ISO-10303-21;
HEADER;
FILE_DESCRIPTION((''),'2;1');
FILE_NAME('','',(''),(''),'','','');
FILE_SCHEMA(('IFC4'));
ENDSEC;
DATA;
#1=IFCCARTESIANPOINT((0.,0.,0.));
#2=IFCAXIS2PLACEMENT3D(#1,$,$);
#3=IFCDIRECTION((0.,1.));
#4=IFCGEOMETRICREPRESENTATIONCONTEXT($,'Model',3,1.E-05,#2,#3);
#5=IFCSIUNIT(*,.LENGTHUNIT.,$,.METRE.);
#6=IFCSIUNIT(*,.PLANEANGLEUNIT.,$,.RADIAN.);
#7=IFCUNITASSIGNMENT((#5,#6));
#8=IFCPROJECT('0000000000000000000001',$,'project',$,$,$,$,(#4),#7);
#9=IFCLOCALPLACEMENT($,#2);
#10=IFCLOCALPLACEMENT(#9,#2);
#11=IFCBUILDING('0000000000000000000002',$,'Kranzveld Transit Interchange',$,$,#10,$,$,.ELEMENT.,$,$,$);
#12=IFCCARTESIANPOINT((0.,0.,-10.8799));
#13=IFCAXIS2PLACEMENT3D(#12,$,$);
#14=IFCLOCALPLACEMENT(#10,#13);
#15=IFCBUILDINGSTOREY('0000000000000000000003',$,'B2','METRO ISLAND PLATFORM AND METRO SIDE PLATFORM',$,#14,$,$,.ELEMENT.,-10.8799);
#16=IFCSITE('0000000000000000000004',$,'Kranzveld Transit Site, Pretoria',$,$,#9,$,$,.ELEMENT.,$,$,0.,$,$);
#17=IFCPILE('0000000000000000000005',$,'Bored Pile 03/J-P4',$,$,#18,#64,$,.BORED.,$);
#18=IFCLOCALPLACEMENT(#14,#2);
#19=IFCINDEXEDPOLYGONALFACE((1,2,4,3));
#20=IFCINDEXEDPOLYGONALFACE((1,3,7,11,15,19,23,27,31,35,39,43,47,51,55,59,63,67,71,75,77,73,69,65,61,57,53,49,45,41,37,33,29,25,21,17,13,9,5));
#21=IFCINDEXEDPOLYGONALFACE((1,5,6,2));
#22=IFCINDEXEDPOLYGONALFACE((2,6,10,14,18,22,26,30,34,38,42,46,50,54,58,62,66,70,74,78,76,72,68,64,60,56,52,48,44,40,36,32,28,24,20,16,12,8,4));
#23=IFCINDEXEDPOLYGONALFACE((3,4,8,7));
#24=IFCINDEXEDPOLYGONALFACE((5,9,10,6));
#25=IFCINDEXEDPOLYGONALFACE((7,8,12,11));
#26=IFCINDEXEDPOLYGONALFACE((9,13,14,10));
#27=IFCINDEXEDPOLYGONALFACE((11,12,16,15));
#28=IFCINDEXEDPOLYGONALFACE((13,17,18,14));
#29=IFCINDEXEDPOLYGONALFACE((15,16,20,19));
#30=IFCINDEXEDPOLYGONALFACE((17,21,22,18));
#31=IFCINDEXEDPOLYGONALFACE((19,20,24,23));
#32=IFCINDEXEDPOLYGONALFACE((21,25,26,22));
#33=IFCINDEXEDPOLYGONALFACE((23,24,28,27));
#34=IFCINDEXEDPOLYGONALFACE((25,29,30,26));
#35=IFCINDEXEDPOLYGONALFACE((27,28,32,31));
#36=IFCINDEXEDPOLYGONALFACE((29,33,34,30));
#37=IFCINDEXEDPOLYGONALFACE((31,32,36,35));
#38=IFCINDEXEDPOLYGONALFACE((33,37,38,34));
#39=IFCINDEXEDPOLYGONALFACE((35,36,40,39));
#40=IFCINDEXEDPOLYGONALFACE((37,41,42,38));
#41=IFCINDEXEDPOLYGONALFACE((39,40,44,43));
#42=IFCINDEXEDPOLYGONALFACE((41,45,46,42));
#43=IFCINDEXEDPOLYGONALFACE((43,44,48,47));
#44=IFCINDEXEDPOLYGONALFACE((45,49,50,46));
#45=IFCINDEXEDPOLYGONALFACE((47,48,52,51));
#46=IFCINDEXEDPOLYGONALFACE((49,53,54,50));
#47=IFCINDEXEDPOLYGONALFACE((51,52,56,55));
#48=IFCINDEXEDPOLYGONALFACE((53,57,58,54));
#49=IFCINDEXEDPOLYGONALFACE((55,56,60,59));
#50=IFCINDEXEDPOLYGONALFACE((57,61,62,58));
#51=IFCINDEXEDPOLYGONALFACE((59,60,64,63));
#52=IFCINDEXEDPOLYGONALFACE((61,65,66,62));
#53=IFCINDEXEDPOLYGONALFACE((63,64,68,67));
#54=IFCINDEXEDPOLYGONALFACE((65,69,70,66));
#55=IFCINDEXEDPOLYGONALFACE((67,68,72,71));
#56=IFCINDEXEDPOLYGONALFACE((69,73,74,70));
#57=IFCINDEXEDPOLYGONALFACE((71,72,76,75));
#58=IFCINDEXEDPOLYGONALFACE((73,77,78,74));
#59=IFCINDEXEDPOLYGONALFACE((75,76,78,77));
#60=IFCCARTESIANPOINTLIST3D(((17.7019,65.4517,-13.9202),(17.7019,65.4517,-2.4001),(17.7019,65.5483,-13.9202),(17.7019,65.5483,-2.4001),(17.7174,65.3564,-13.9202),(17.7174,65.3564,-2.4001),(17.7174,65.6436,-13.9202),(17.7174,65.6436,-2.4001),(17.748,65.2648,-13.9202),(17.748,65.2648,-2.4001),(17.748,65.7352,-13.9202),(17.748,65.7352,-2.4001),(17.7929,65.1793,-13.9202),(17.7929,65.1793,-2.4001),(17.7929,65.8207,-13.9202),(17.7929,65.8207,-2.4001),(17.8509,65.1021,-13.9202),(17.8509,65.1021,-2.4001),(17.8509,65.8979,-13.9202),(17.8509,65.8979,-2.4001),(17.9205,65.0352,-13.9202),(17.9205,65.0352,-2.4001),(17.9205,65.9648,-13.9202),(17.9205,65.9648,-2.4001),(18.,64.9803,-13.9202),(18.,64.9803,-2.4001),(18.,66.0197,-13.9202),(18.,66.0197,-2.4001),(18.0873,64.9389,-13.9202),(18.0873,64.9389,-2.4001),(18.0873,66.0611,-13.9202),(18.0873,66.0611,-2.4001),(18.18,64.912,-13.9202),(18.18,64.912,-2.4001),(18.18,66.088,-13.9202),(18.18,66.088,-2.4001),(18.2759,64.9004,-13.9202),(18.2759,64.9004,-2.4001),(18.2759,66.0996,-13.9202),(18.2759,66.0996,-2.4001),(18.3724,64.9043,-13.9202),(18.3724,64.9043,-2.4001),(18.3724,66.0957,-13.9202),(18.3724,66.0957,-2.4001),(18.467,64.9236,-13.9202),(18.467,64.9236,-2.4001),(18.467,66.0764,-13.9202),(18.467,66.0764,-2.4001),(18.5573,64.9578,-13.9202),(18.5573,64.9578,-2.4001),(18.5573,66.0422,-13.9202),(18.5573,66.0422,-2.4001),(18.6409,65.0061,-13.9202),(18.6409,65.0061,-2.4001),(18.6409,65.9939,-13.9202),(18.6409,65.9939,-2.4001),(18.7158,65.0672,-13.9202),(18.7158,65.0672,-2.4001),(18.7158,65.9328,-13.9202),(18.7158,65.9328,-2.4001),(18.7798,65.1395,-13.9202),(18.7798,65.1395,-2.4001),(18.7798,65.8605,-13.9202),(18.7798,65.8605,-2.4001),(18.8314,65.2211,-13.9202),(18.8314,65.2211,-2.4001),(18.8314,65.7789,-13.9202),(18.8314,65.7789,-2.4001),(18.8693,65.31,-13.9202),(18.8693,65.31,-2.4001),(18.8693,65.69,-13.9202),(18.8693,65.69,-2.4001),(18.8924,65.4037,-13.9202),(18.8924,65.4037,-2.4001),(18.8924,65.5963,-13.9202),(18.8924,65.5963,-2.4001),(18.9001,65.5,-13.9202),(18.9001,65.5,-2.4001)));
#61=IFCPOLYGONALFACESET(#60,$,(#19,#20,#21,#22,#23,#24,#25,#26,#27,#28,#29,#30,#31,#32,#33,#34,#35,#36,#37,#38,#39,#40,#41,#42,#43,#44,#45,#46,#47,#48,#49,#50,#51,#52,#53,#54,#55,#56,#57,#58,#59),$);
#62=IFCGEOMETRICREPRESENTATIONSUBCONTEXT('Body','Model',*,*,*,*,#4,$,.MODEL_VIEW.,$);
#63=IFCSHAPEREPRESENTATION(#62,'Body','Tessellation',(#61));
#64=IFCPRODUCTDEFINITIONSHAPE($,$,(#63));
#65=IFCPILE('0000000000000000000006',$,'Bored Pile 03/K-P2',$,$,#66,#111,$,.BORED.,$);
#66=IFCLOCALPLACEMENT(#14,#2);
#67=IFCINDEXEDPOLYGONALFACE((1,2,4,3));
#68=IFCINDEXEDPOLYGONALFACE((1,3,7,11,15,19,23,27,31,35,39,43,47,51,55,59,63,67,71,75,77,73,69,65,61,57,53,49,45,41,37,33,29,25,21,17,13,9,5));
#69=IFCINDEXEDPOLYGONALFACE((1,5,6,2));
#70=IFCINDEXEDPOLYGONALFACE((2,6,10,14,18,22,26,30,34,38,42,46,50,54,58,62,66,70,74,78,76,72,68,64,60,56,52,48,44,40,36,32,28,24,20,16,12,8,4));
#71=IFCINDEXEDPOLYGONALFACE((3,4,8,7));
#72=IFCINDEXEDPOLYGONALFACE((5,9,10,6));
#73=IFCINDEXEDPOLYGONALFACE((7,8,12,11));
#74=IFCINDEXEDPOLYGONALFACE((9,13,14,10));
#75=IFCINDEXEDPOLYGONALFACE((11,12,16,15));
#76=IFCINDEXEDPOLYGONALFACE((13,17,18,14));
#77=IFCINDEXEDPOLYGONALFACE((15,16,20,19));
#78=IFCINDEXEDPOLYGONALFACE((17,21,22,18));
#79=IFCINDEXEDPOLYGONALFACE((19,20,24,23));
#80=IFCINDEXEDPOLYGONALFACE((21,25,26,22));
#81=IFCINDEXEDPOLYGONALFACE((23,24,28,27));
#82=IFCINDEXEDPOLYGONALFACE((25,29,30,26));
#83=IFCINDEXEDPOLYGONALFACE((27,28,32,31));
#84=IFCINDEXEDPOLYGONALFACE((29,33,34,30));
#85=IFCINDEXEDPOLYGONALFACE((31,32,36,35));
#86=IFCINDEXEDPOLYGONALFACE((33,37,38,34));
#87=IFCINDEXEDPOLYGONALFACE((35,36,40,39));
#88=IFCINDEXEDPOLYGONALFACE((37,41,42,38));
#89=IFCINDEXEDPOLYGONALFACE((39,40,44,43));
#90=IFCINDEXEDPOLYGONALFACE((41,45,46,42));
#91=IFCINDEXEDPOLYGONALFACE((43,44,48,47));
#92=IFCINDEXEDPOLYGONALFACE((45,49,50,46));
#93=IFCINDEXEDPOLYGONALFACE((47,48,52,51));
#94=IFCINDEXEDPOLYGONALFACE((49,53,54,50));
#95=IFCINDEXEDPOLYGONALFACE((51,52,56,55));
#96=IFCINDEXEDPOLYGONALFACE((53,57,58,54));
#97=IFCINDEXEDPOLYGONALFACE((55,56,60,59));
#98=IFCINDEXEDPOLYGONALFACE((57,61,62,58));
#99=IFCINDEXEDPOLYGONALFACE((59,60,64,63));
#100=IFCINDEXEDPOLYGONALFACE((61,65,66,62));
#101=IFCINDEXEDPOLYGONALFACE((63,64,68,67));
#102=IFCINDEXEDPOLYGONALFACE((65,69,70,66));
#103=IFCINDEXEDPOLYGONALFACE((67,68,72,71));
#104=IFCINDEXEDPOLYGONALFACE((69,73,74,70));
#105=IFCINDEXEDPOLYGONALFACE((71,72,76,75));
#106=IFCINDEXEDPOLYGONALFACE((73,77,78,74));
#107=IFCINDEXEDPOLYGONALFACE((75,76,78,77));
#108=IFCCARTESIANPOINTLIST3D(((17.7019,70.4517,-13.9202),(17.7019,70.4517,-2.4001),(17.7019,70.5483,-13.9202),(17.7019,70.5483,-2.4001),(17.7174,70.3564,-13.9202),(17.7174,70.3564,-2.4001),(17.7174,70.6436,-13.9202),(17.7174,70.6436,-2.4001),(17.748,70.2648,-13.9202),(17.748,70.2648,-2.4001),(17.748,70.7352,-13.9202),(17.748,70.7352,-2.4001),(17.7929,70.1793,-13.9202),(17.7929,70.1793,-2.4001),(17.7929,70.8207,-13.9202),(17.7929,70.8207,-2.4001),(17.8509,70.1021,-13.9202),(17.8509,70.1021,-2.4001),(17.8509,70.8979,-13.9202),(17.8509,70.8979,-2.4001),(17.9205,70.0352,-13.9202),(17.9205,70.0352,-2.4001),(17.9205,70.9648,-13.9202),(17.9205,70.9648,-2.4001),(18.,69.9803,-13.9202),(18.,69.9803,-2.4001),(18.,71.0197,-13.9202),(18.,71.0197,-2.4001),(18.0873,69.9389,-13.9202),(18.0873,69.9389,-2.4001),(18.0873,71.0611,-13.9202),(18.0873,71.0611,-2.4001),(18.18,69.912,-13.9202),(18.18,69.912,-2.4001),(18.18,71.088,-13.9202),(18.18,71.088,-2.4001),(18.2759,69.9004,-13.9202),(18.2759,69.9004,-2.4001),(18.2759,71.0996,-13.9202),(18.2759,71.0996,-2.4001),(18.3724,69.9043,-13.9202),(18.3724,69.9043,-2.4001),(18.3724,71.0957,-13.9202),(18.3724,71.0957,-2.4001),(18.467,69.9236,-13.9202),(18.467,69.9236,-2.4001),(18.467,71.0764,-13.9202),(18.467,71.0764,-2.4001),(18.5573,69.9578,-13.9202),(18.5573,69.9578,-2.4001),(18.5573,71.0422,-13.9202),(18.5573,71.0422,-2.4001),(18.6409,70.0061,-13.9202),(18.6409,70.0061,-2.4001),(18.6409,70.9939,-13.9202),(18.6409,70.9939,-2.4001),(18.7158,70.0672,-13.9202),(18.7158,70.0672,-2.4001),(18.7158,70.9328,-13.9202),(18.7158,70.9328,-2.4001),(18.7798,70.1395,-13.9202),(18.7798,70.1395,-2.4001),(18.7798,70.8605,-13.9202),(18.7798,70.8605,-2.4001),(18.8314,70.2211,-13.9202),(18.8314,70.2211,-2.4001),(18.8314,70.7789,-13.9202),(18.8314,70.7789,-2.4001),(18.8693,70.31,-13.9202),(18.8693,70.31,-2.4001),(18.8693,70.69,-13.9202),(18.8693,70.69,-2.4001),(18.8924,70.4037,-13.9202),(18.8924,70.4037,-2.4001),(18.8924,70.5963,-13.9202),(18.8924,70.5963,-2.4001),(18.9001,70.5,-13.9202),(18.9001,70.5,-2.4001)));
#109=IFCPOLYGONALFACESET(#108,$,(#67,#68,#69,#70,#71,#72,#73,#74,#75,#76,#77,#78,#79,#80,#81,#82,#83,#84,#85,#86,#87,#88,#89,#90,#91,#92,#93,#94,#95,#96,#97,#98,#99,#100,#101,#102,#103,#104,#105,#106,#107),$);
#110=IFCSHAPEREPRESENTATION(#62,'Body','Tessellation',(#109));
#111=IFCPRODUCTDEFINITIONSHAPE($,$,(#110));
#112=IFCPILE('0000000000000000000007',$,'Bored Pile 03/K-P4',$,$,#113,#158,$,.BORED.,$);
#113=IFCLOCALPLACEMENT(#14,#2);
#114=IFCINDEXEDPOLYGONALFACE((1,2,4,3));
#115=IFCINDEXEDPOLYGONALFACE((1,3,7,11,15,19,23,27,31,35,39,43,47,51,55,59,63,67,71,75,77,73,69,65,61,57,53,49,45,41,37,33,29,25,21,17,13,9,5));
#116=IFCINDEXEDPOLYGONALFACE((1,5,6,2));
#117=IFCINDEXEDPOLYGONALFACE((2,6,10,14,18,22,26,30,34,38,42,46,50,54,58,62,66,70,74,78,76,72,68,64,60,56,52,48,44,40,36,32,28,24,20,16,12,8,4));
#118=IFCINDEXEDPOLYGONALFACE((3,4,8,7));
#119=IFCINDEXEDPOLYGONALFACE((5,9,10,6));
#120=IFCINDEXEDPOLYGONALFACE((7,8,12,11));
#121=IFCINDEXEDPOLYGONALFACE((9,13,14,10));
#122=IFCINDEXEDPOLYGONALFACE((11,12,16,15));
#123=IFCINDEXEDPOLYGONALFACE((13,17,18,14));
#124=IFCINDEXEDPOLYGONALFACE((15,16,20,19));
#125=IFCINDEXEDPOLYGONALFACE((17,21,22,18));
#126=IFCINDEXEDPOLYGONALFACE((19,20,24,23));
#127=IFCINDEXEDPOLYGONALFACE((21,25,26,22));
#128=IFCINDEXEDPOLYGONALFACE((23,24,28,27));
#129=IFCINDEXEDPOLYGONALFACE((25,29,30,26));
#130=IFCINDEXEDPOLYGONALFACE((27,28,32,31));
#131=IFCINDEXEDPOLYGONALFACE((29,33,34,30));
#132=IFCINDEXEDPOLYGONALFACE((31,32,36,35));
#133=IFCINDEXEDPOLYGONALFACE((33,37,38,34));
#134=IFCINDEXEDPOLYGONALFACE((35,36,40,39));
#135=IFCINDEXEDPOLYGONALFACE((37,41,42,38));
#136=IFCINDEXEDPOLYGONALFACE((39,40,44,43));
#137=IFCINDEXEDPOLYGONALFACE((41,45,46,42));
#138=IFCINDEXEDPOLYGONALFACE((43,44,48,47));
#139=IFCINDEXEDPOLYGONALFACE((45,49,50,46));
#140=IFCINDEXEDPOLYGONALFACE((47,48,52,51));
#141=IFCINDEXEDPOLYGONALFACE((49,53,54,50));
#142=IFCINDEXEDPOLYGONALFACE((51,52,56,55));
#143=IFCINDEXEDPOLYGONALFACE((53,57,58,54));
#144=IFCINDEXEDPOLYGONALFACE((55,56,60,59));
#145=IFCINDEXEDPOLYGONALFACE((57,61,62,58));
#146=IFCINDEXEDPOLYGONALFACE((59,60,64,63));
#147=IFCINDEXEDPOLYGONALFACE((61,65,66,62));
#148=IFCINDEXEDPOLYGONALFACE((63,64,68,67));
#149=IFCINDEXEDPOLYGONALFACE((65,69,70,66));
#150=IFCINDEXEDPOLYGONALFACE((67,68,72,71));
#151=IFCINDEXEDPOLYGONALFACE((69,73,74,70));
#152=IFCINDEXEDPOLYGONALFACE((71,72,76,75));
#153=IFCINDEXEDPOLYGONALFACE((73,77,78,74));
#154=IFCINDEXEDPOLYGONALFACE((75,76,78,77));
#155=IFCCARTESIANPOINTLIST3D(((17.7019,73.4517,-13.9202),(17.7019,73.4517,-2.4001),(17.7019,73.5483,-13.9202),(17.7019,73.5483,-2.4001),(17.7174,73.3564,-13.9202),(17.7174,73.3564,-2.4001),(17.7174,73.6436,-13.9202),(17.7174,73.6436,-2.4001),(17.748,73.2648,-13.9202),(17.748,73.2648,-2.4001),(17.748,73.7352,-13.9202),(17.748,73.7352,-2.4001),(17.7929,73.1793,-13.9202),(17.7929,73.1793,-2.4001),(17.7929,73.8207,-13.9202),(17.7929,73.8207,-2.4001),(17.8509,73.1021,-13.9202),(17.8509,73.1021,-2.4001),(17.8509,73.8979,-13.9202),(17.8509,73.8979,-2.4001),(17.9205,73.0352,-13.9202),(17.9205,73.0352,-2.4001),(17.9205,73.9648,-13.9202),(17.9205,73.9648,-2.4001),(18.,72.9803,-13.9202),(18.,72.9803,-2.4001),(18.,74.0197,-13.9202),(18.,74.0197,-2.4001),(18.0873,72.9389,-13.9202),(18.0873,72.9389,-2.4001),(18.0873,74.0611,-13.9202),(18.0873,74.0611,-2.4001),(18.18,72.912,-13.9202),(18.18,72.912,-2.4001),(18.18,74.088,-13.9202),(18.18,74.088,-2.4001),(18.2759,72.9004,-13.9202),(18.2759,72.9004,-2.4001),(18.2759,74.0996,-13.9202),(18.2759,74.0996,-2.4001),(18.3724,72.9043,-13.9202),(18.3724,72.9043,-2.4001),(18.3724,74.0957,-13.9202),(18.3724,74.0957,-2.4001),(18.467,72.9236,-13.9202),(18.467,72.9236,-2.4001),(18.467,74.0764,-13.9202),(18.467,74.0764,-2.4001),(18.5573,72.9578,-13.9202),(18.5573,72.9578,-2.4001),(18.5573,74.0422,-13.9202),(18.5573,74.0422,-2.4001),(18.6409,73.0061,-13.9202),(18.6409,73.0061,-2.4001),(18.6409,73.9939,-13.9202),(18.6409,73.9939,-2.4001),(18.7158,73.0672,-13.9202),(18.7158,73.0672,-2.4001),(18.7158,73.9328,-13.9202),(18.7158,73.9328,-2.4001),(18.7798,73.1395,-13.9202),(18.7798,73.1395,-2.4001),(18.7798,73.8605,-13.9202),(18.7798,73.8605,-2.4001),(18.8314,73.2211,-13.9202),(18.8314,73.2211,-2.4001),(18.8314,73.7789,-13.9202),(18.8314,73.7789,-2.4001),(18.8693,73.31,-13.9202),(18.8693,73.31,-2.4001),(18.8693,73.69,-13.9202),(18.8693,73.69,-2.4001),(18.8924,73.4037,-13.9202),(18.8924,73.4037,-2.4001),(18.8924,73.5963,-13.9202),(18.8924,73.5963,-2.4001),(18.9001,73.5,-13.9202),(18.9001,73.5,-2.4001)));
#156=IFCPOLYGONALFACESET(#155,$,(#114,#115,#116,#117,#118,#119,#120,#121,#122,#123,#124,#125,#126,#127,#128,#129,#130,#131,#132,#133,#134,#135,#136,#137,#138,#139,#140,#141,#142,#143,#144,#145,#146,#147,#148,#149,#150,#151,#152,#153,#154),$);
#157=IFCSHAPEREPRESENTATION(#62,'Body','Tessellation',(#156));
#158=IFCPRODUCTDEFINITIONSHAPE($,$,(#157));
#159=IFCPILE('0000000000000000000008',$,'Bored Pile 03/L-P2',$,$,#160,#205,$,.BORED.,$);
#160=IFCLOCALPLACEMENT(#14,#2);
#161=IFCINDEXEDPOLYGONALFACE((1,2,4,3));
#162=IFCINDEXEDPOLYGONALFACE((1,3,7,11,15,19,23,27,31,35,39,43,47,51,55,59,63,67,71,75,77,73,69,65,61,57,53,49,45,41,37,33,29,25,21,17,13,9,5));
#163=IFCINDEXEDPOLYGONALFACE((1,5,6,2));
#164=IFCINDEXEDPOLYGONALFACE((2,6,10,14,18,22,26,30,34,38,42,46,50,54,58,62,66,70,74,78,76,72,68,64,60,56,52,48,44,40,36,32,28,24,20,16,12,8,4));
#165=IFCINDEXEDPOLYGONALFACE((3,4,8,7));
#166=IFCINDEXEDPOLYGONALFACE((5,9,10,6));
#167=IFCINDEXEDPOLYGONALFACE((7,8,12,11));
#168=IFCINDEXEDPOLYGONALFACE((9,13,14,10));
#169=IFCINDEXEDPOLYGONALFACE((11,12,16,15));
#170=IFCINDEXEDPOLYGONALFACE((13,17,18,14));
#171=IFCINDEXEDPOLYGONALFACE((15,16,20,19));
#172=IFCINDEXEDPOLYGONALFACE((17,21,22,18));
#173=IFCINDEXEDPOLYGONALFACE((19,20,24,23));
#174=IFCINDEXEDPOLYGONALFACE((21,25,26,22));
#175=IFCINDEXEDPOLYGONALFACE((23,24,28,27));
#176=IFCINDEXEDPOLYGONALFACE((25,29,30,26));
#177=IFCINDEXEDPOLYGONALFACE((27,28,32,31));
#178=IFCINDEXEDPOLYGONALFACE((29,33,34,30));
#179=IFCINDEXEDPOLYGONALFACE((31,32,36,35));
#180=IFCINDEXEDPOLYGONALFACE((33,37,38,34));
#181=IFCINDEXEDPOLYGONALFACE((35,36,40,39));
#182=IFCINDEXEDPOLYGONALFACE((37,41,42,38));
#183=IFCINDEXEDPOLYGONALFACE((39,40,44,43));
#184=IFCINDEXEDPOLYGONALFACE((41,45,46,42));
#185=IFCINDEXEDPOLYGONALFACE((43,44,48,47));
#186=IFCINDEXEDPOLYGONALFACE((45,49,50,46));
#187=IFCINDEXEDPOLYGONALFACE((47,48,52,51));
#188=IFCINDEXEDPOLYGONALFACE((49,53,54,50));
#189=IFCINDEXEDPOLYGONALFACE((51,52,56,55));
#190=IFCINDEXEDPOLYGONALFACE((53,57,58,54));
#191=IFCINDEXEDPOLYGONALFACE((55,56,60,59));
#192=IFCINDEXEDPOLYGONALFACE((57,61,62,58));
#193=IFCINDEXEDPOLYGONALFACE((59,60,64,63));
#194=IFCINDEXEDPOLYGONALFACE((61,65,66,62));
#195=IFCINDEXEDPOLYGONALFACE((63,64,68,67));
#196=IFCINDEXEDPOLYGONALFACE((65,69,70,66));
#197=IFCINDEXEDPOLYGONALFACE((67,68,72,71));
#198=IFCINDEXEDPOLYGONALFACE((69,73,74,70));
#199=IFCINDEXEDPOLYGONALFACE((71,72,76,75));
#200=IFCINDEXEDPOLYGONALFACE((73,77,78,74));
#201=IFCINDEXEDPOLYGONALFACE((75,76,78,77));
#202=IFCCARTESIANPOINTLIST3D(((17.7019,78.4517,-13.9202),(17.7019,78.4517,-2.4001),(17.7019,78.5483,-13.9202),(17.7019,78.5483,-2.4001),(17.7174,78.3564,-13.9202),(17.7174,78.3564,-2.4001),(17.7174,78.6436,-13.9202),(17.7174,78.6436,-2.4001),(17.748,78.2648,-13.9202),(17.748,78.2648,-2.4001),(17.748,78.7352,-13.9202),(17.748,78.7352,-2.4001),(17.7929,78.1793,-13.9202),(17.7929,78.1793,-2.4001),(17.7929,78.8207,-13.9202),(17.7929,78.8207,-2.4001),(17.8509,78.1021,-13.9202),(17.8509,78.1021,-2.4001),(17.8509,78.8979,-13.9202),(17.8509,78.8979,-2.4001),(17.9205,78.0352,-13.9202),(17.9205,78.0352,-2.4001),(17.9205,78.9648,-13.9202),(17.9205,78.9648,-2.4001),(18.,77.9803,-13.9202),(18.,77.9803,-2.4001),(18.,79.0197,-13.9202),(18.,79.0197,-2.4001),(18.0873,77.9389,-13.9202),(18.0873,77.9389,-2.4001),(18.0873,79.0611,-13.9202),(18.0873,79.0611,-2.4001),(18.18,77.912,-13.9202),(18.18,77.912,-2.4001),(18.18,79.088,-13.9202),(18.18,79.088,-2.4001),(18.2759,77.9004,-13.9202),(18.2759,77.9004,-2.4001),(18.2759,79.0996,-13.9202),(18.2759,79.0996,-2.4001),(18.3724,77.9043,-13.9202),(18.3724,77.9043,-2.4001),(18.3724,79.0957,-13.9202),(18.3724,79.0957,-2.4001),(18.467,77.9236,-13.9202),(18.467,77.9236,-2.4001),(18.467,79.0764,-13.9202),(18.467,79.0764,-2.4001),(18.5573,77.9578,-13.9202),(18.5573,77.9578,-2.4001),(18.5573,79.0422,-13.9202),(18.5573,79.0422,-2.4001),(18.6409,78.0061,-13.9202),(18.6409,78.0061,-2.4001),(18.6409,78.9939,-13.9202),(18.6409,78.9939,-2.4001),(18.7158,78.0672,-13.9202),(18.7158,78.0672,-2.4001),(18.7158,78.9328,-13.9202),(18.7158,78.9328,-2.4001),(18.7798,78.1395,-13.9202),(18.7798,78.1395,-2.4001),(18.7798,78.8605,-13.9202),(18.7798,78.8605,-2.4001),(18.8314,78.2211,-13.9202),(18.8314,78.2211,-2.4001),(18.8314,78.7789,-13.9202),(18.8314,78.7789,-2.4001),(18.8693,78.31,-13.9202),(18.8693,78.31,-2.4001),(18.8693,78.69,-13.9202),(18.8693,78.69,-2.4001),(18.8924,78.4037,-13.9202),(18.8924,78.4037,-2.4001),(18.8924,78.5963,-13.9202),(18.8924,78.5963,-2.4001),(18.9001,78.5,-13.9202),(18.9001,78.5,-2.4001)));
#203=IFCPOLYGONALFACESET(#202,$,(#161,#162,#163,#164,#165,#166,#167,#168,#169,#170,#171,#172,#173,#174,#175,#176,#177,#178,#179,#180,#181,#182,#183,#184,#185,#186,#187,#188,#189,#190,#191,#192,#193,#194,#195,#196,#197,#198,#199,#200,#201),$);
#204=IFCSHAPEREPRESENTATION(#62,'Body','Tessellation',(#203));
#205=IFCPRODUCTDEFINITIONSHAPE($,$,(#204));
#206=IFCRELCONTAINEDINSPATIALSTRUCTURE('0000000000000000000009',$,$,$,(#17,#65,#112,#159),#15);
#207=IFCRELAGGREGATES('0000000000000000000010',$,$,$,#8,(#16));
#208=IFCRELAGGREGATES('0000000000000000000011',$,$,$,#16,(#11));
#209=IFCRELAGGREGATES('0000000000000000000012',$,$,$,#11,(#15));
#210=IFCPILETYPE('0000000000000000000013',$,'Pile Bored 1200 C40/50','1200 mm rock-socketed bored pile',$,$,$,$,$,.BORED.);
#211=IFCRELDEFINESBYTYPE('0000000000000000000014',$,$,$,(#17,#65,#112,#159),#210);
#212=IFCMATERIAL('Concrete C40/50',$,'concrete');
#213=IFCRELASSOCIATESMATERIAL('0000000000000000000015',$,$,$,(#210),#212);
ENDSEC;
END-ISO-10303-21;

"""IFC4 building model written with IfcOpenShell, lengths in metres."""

from ifc_helpers import new_model, si_unit, direction, frame, origin, origin_2d, place, context, subcontext, project, spatial, circle, extrude, material, material_profile, profile_set, type_object, element, save


model = new_model("IFC4")

# Units and contexts
model_context = context("Model", 3, precision=1e-05, world=origin(), true_north=direction((0.0, 1.0)))
body_context = subcontext(model_context, "Body", "Model", "MODEL_VIEW")
ifc_project = project(units=[si_unit("LENGTHUNIT", "METRE"), si_unit("PLANEANGLEUNIT", "RADIAN")], contexts=[model_context])

# Site, building, storey
site_placement = place(None, origin())
site = spatial("IfcSite", under=ifc_project, at=site_placement, Name="Kranzveld Transit Site, Pretoria", CompositionType="ELEMENT", RefElevation=0.0)
building_placement = place(site_placement, origin())
building = spatial("IfcBuilding", under=site, at=building_placement, Name="Kranzveld Transit Interchange", CompositionType="ELEMENT")
storey_placement = place(building_placement, frame((0.0, 0.0, -10.8799)))
storey = spatial("IfcBuildingStorey", under=building, at=storey_placement, Name="B2", Description="METRO ISLAND PLATFORM AND METRO SIDE PLATFORM", CompositionType="ELEMENT", Elevation=-10.8799)

# Piles
ifc_material_1 = material(Name="Concrete C40/50", Category="concrete")
ifc_material_profile_1 = material_profile(ifc_material_1, circle(Radius=0.6001, at=origin_2d()), Name="BORED PILE 1200")
ifc_profile_set_1 = profile_set([ifc_material_profile_1], Name="Concrete C40/50")
pile_type = type_object("IfcPileType", Name="Pile Bored 1200 C40/50", Description="1200 mm rock-socketed bored pile", PredefinedType="BORED", material=ifc_profile_set_1)
for number, where, z_axis, x_axis, name in (
    (1, (18.3, 65.5, -2.4001), (0.0, 0.0, -1.0), (1.0, 0.0, 0.0), "Bored Pile 03/J-P4"),
    (2, (18.3, 70.5, -2.4001), (0.0, 0.0, -1.0), (1.0, 0.0, 0.0), "Bored Pile 03/K-P2"),
    (3, (18.3, 73.5, -2.4001), (0.0, 0.0, -1.0), (1.0, 0.0, 0.0), "Bored Pile 03/K-P4"),
    (4, (18.3, 78.5, -2.4001), (0.0, 0.0, -1.0), (1.0, 0.0, 0.0), "Bored Pile 03/L-P2"),
):
    element("IfcPile", number, at=place(storey_placement, frame(where, z_axis=z_axis, x_axis=x_axis)), inside=storey, type_object=pile_type, Name=name, PredefinedType="BORED", context=body_context, shape_type="SweptSolid", body=[
        extrude(circle(Radius=0.6001, at=origin_2d()), origin(), (0.0, 0.0, 1.0), 11.52),
    ])

save(model, "model.ifc")
